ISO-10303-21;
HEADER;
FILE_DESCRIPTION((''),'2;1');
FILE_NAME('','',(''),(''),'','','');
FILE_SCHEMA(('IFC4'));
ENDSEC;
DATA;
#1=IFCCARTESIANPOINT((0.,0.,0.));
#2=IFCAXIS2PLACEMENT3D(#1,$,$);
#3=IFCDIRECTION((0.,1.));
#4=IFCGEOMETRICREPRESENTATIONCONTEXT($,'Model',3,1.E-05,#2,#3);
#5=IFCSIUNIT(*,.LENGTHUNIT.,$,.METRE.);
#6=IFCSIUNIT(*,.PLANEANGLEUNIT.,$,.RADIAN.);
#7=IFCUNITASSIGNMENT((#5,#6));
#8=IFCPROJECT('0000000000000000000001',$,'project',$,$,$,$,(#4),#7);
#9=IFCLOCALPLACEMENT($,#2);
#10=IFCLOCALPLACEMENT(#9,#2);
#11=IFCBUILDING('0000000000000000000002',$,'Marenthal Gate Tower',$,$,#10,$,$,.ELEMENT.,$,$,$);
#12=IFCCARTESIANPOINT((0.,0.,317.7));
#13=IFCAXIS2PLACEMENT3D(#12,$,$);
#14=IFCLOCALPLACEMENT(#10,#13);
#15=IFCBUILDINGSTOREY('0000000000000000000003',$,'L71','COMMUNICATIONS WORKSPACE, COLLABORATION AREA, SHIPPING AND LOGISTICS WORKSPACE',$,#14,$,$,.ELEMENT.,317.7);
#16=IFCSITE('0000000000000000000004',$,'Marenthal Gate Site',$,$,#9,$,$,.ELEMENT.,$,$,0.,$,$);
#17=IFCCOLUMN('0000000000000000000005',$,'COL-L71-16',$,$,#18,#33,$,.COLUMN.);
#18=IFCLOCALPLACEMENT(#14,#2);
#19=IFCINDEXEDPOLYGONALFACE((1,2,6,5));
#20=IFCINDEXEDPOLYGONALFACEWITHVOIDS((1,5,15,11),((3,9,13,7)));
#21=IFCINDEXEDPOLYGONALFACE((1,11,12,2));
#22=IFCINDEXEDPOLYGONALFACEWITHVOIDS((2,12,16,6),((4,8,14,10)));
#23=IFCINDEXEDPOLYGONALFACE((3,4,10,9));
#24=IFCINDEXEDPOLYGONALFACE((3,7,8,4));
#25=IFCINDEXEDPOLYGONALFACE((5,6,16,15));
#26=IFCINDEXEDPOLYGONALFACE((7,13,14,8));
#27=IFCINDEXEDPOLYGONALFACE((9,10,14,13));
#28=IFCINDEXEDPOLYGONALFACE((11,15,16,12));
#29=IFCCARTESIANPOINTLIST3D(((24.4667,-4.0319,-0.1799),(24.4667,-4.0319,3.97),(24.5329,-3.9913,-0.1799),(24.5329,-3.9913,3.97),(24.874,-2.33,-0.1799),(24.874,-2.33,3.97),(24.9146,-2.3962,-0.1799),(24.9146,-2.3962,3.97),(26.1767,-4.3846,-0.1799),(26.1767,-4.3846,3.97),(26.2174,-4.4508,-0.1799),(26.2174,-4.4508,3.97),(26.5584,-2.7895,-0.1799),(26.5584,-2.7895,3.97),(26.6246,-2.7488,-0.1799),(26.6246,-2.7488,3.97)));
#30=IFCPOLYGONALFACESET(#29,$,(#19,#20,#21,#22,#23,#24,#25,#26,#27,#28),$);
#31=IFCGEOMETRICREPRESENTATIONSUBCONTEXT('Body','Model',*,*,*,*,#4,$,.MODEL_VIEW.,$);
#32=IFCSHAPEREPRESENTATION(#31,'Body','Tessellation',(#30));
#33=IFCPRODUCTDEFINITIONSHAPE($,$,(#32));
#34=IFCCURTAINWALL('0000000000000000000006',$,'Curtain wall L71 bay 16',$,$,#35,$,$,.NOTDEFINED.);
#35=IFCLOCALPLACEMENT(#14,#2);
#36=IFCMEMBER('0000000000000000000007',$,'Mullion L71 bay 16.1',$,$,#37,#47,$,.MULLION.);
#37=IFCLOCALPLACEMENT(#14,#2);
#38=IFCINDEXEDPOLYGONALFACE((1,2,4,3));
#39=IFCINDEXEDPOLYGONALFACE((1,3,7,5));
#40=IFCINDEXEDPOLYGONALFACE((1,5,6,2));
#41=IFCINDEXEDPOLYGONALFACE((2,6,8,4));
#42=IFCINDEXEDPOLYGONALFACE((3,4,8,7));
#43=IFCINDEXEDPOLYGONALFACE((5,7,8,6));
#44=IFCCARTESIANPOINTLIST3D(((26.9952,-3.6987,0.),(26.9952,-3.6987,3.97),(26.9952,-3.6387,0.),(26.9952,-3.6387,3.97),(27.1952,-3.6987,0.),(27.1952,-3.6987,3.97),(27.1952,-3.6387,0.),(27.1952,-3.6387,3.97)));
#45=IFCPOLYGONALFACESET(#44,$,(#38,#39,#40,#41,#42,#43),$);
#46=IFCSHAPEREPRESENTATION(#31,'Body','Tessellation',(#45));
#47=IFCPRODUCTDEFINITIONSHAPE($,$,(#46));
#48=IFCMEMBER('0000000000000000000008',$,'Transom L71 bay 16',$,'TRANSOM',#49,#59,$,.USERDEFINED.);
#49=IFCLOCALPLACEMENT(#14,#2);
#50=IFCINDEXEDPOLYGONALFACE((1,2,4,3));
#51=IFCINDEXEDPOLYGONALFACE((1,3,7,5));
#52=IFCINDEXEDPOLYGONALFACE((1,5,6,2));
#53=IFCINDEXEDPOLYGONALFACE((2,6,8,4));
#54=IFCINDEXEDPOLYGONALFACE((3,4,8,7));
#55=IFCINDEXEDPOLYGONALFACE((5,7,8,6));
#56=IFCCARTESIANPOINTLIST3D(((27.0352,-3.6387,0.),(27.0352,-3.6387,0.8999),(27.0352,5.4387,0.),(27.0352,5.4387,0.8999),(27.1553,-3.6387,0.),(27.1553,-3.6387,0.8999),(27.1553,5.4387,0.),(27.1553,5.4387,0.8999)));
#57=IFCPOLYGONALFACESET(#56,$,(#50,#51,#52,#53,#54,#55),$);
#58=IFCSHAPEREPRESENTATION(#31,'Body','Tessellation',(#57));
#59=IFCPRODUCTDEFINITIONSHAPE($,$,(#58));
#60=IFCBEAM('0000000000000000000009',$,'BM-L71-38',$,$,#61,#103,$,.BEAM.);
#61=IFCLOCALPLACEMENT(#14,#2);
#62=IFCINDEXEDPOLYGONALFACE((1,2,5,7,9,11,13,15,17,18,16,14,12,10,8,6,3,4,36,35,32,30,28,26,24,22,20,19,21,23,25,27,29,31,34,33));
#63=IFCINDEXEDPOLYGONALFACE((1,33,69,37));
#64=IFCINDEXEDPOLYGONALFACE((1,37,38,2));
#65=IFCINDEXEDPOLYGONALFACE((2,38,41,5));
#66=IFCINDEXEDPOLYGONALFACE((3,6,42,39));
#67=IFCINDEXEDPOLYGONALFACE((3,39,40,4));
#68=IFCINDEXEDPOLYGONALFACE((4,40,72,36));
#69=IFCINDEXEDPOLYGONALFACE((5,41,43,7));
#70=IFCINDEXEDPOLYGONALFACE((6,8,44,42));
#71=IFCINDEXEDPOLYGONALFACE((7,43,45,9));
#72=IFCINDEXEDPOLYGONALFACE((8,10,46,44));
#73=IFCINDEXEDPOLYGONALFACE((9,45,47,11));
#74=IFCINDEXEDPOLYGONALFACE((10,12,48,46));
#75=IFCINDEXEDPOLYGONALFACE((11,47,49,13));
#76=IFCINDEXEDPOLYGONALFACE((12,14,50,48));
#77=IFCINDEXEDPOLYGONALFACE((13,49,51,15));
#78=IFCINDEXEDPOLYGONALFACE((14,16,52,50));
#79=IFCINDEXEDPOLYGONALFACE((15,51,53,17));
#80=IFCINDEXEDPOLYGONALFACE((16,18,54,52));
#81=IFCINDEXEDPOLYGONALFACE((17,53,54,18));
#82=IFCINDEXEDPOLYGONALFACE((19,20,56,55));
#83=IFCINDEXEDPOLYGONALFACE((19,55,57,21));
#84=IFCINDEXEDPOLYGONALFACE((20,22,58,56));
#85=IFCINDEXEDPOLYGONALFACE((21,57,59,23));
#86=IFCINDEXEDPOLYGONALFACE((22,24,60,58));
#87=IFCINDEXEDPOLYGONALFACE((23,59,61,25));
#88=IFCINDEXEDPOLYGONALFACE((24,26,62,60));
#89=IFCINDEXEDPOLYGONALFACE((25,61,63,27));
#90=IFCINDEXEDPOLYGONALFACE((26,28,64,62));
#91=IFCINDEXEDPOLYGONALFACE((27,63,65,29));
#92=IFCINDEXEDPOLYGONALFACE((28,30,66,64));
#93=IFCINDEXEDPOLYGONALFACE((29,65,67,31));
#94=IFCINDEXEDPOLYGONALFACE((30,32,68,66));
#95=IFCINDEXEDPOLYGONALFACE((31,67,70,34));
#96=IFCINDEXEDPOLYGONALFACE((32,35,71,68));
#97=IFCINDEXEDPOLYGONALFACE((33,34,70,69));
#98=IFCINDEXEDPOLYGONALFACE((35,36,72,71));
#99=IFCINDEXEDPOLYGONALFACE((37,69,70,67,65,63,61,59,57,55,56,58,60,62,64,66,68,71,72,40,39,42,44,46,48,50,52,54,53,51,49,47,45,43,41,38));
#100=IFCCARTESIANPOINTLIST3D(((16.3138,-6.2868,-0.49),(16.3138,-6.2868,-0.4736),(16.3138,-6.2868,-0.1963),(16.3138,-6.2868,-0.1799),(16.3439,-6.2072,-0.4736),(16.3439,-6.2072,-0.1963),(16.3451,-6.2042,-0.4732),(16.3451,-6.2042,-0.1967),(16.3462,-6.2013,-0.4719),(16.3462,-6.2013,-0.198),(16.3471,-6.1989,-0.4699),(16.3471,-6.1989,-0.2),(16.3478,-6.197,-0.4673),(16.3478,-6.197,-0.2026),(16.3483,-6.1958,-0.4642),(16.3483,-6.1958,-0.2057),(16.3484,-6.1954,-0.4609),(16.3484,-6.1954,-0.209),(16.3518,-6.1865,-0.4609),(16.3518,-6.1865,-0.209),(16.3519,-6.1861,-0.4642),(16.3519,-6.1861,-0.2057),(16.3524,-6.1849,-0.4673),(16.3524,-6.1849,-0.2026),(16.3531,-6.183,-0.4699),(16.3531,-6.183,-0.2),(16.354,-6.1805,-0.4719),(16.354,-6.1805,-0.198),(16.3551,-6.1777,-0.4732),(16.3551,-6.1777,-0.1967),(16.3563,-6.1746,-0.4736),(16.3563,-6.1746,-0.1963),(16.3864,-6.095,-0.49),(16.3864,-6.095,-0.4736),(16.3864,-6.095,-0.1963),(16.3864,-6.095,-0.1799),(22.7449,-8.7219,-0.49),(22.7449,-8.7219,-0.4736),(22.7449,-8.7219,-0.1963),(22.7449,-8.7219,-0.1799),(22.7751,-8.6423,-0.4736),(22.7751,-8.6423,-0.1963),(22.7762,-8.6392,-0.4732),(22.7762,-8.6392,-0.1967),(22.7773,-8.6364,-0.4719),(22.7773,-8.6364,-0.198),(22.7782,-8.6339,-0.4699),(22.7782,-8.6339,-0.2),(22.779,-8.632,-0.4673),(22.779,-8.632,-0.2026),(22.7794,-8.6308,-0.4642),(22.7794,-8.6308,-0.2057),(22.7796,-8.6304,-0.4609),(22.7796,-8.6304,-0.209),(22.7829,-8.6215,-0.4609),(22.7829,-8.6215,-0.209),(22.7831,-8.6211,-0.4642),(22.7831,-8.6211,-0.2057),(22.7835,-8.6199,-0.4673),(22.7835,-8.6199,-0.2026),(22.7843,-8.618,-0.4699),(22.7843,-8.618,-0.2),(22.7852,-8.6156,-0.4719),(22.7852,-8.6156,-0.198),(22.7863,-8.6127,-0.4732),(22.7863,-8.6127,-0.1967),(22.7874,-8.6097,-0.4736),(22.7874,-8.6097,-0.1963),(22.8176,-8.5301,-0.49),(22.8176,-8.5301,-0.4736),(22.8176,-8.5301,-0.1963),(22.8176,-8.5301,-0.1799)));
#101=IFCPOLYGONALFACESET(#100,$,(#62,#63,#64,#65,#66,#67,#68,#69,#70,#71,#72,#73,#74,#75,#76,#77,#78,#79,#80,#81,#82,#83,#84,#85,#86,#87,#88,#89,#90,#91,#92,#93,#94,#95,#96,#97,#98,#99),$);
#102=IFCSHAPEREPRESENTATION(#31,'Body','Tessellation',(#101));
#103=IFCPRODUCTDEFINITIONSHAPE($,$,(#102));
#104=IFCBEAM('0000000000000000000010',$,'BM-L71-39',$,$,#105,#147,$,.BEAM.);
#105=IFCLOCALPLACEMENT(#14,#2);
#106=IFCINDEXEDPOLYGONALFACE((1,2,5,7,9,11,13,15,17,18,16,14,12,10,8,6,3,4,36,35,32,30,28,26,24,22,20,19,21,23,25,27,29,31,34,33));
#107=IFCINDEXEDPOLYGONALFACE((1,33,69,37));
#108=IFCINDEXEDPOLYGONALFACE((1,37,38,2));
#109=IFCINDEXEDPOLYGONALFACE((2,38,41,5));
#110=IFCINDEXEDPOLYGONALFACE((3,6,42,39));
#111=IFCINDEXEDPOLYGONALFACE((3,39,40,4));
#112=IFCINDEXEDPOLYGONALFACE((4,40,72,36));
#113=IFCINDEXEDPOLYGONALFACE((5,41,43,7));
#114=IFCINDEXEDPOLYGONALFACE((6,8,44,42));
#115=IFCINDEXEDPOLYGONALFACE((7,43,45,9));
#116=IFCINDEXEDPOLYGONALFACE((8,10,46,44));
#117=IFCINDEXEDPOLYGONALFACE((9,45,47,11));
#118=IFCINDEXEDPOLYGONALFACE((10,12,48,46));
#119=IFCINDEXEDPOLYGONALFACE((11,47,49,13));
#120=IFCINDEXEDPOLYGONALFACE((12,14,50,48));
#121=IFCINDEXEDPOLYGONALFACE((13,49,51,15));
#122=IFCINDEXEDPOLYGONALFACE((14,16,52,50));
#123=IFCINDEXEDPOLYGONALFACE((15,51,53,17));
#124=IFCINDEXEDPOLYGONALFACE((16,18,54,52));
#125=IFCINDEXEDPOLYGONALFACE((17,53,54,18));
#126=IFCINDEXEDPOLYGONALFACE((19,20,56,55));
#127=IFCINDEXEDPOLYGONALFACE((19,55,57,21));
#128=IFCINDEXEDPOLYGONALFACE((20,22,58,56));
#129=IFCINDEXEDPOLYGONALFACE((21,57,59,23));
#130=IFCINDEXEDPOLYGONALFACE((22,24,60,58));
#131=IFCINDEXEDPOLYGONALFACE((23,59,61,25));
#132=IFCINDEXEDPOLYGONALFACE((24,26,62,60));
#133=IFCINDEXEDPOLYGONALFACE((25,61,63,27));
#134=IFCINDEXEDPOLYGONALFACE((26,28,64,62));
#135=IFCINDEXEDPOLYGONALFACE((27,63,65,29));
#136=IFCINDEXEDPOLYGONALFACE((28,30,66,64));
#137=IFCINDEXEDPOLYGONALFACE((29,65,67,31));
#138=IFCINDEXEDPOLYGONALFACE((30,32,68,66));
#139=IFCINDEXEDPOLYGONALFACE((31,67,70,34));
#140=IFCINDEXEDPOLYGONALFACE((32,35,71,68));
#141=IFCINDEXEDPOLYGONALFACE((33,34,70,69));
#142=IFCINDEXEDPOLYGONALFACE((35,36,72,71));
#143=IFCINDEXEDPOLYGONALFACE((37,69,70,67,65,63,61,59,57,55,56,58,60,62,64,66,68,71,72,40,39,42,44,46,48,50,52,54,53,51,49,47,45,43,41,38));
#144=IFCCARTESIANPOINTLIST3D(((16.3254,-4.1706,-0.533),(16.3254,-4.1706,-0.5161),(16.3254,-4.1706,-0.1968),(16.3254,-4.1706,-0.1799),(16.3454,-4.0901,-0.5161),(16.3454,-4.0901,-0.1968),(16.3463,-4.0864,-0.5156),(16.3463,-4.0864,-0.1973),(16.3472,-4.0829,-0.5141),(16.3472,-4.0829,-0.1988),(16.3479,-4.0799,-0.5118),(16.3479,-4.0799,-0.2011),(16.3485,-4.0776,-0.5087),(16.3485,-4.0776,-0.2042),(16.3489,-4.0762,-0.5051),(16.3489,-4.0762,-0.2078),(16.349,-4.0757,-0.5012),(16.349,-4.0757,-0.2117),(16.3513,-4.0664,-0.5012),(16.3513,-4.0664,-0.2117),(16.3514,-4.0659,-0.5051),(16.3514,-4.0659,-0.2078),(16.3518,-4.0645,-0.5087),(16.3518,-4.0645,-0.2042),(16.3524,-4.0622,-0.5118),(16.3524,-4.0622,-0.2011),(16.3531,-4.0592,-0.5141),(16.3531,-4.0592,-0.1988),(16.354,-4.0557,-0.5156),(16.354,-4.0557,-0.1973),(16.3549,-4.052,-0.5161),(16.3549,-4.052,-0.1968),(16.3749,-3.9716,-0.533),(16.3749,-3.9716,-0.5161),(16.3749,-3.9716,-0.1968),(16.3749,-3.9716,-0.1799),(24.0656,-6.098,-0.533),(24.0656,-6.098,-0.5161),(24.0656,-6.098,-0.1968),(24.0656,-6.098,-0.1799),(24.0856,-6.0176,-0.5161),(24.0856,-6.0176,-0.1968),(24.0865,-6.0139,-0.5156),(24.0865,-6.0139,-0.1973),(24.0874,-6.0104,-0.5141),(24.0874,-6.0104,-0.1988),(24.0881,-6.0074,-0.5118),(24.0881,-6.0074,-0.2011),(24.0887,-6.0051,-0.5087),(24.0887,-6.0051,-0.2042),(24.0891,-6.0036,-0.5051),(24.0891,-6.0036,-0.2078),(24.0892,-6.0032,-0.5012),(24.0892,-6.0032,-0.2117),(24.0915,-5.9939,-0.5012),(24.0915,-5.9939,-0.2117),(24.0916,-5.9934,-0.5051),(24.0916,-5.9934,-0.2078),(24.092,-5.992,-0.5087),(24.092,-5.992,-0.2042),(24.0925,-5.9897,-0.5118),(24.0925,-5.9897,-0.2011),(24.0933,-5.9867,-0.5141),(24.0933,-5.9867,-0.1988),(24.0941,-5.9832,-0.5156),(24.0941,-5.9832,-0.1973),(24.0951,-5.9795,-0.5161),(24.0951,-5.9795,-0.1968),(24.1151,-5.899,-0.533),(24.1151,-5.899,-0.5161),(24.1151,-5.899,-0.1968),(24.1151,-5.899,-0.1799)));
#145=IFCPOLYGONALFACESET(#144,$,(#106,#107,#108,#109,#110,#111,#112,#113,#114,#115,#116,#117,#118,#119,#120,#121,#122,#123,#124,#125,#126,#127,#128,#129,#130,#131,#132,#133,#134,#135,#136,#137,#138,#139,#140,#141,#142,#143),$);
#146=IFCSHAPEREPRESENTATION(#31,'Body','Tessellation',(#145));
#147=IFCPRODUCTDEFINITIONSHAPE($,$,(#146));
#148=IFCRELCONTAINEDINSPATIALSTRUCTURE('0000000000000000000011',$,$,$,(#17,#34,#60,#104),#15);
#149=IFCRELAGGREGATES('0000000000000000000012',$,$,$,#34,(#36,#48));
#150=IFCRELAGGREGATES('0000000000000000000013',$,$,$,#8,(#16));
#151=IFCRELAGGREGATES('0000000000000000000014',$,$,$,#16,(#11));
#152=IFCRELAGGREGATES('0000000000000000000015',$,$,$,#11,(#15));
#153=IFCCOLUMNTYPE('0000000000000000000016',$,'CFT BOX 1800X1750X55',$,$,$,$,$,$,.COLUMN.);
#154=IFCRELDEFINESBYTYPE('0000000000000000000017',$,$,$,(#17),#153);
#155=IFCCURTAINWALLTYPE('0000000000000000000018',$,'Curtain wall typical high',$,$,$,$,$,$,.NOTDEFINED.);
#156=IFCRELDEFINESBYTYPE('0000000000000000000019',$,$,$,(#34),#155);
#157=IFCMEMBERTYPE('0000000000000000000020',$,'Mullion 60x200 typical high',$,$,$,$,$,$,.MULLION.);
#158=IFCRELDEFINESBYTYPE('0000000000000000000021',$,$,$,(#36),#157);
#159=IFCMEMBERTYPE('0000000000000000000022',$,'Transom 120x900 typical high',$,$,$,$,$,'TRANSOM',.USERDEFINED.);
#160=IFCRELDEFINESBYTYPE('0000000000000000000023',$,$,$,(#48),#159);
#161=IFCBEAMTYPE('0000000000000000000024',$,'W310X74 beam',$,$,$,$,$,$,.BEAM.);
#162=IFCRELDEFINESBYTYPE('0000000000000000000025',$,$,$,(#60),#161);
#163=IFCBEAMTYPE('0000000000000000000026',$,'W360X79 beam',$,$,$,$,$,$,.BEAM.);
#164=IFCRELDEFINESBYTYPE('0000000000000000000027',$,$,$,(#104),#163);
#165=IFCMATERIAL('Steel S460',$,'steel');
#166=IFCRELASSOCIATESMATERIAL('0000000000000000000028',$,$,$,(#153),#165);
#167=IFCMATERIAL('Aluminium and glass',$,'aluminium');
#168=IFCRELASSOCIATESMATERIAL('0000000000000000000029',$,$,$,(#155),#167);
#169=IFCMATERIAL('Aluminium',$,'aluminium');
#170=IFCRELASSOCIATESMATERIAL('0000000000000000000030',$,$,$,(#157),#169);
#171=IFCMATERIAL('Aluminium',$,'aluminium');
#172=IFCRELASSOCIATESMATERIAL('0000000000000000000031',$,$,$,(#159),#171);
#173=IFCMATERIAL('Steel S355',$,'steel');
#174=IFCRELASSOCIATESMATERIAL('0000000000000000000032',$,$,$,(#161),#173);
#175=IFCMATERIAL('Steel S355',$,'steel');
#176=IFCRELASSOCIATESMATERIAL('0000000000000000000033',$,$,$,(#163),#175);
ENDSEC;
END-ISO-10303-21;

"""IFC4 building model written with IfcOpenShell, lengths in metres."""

from ifc_helpers import new_model, si_unit, direction, frame, origin, origin_2d, place, context, subcontext, project, spatial, rectangle, hollow_rectangle, i_section, extrude, material, material_profile, profile_set, type_object, element, aggregate, save


model = new_model("IFC4")

# Units and contexts
model_context = context("Model", 3, precision=1e-05, world=origin(), true_north=direction((0.0, 1.0)))
body_context = subcontext(model_context, "Body", "Model", "MODEL_VIEW")
ifc_project = project(units=[si_unit("LENGTHUNIT", "METRE"), si_unit("PLANEANGLEUNIT", "RADIAN")], contexts=[model_context])

# Site, building, storey
site_placement = place(None, origin())
site = spatial("IfcSite", under=ifc_project, at=site_placement, Name="Marenthal Gate Site", CompositionType="ELEMENT", RefElevation=0.0)
building_placement = place(site_placement, origin())
building = spatial("IfcBuilding", under=site, at=building_placement, Name="Marenthal Gate Tower", CompositionType="ELEMENT")
storey_placement = place(building_placement, frame((0.0, 0.0, 317.7)))
storey = spatial("IfcBuildingStorey", under=building, at=storey_placement, Name="L71", Description="COMMUNICATIONS WORKSPACE, COLLABORATION AREA, SHIPPING AND LOGISTICS WORKSPACE", CompositionType="ELEMENT", Elevation=317.7)

# Column
ifc_material_1 = material(Name="Steel S460", Category="steel")
ifc_material_profile_1 = material_profile(ifc_material_1, hollow_rectangle(XDim=1.75, YDim=1.8, WallThickness=0.0549, at=origin_2d()), Name="CFT BOX 1800X1750X55")
ifc_material_2 = material(Name="Concrete 70 MPa", Category="concrete")
ifc_material_profile_2 = material_profile(ifc_material_2, rectangle(XDim=1.6399, YDim=1.6899, at=origin_2d()), Name="CFT BOX 1800X1750X55 INFILL")
ifc_profile_set_1 = profile_set([ifc_material_profile_1, ifc_material_profile_2], Name="Steel S460 shell, Concrete 70 MPa infill")
column_type = type_object("IfcColumnType", Name="CFT BOX 1800X1750X55", PredefinedType="COLUMN", material=ifc_profile_set_1)
column_placement = place(storey_placement, frame((25.5457, -3.3904, -0.1799), z_axis=(0.0, 0.0, 1.0), x_axis=(-0.232702, -0.972548, 0.0)))
element("IfcColumn", 1, at=column_placement, inside=storey, type_object=column_type, Name="COL-L71-16", PredefinedType="COLUMN", context=body_context, shape_type="SweptSolid", body=[
    extrude(hollow_rectangle(XDim=1.75, YDim=1.8, WallThickness=0.0549, at=origin_2d()), origin(), (0.0, 0.0, 1.0), 4.1499),
])

# Curtain wall, members
ifc_material_3 = material(Name="Aluminium and glass", Category="aluminium")
curtain_wall_type = type_object("IfcCurtainWallType", Name="Curtain wall typical high", PredefinedType="NOTDEFINED", material=ifc_material_3)
curtain_wall_placement = place(storey_placement, origin())
curtain_wall = element("IfcCurtainWall", 2, at=curtain_wall_placement, inside=storey, type_object=curtain_wall_type, Name="Curtain wall L71 bay 16", PredefinedType="NOTDEFINED")
ifc_material_4 = material(Name="Aluminium", Category="aluminium")
ifc_material_profile_3 = material_profile(ifc_material_4, rectangle(XDim=0.2, YDim=0.0601, at=origin_2d()), Name="60x200 aluminium mullion")
ifc_profile_set_2 = profile_set([ifc_material_profile_3], Name="Aluminium")
member_type_1 = type_object("IfcMemberType", Name="Mullion 60x200 typical high", PredefinedType="MULLION", material=ifc_profile_set_2)
member_1_placement = place(storey_placement, frame((27.0952, -3.6687, 0.0), z_axis=(0.0, 0.0, 1.0), x_axis=(-1.0, 0.0, 0.0)))
member_1 = element("IfcMember", 3, at=member_1_placement, type_object=member_type_1, Name="Mullion L71 bay 16.1", PredefinedType="MULLION", context=body_context, shape_type="SweptSolid", body=[
    extrude(rectangle(XDim=0.2, YDim=0.0601, at=origin_2d()), origin(), (0.0, 0.0, 1.0), 3.97),
])
ifc_material_5 = material(Name="Aluminium", Category="aluminium")
ifc_material_profile_4 = material_profile(ifc_material_5, rectangle(XDim=0.1201, YDim=0.8999, at=origin_2d()), Name="120x900 aluminium transom")
ifc_profile_set_3 = profile_set([ifc_material_profile_4], Name="Aluminium")
member_type_2 = type_object("IfcMemberType", Name="Transom 120x900 typical high", ElementType="TRANSOM", PredefinedType="USERDEFINED", material=ifc_profile_set_3)
member_2_placement = place(storey_placement, frame((27.0952, -3.6387, 0.45), z_axis=(0.0, 1.0, 0.0), x_axis=(-1.0, 0.0, 0.0)))
member_2 = element("IfcMember", 4, at=member_2_placement, type_object=member_type_2, Name="Transom L71 bay 16", ObjectType="TRANSOM", PredefinedType="USERDEFINED", context=body_context, shape_type="SweptSolid", body=[
    extrude(rectangle(XDim=0.1201, YDim=0.8999, at=origin_2d()), origin(), (0.0, 0.0, 1.0), 9.0774),
])

# Beams
ifc_material_6 = material(Name="Steel S355", Category="steel")
ifc_material_profile_5 = material_profile(ifc_material_6, i_section(OverallWidth=0.2051, OverallDepth=0.3101, WebThickness=0.0095, FlangeThickness=0.0164, FilletRadius=0.0127, at=origin_2d()), Name="W310X74")
ifc_profile_set_4 = profile_set([ifc_material_profile_5], Name="Steel S355")
beam_type_1 = type_object("IfcBeamType", Name="W310X74 beam", PredefinedType="BEAM", material=ifc_profile_set_4)
beam_1_placement = place(storey_placement, frame((22.7812, -8.626, -0.335), z_axis=(-0.935207, 0.354102, 0.0), x_axis=(-0.354102, -0.935207, 0.0)))
element("IfcBeam", 5, at=beam_1_placement, inside=storey, type_object=beam_type_1, Name="BM-L71-38", PredefinedType="BEAM", context=body_context, shape_type="SweptSolid", body=[
    extrude(i_section(OverallWidth=0.2051, OverallDepth=0.3101, WebThickness=0.0095, FlangeThickness=0.0164, FilletRadius=0.0127, at=origin_2d()), origin(), (0.0, 0.0, 1.0), 6.8767),
])
ifc_material_7 = material(Name="Steel S355", Category="steel")
ifc_material_profile_6 = material_profile(ifc_material_7, i_section(OverallWidth=0.2051, OverallDepth=0.353, WebThickness=0.0095, FlangeThickness=0.0168, FilletRadius=0.0149, at=origin_2d()), Name="W360X79")
ifc_profile_set_5 = profile_set([ifc_material_profile_6], Name="Steel S355")
beam_type_2 = type_object("IfcBeamType", Name="W360X79 beam", PredefinedType="BEAM", material=ifc_profile_set_5)
beam_2_placement = place(storey_placement, frame((24.0903, -5.9985, -0.3564), z_axis=(-0.970365, 0.241643, 0.0), x_axis=(-0.241643, -0.970365, 0.0)))
element("IfcBeam", 6, at=beam_2_placement, inside=storey, type_object=beam_type_2, Name="BM-L71-39", PredefinedType="BEAM", context=body_context, shape_type="SweptSolid", body=[
    extrude(i_section(OverallWidth=0.2051, OverallDepth=0.353, WebThickness=0.0095, FlangeThickness=0.0168, FilletRadius=0.0149, at=origin_2d()), origin(), (0.0, 0.0, 1.0), 7.9766),
])

aggregate(curtain_wall, [member_1, member_2])

save(model, "model.ifc")
